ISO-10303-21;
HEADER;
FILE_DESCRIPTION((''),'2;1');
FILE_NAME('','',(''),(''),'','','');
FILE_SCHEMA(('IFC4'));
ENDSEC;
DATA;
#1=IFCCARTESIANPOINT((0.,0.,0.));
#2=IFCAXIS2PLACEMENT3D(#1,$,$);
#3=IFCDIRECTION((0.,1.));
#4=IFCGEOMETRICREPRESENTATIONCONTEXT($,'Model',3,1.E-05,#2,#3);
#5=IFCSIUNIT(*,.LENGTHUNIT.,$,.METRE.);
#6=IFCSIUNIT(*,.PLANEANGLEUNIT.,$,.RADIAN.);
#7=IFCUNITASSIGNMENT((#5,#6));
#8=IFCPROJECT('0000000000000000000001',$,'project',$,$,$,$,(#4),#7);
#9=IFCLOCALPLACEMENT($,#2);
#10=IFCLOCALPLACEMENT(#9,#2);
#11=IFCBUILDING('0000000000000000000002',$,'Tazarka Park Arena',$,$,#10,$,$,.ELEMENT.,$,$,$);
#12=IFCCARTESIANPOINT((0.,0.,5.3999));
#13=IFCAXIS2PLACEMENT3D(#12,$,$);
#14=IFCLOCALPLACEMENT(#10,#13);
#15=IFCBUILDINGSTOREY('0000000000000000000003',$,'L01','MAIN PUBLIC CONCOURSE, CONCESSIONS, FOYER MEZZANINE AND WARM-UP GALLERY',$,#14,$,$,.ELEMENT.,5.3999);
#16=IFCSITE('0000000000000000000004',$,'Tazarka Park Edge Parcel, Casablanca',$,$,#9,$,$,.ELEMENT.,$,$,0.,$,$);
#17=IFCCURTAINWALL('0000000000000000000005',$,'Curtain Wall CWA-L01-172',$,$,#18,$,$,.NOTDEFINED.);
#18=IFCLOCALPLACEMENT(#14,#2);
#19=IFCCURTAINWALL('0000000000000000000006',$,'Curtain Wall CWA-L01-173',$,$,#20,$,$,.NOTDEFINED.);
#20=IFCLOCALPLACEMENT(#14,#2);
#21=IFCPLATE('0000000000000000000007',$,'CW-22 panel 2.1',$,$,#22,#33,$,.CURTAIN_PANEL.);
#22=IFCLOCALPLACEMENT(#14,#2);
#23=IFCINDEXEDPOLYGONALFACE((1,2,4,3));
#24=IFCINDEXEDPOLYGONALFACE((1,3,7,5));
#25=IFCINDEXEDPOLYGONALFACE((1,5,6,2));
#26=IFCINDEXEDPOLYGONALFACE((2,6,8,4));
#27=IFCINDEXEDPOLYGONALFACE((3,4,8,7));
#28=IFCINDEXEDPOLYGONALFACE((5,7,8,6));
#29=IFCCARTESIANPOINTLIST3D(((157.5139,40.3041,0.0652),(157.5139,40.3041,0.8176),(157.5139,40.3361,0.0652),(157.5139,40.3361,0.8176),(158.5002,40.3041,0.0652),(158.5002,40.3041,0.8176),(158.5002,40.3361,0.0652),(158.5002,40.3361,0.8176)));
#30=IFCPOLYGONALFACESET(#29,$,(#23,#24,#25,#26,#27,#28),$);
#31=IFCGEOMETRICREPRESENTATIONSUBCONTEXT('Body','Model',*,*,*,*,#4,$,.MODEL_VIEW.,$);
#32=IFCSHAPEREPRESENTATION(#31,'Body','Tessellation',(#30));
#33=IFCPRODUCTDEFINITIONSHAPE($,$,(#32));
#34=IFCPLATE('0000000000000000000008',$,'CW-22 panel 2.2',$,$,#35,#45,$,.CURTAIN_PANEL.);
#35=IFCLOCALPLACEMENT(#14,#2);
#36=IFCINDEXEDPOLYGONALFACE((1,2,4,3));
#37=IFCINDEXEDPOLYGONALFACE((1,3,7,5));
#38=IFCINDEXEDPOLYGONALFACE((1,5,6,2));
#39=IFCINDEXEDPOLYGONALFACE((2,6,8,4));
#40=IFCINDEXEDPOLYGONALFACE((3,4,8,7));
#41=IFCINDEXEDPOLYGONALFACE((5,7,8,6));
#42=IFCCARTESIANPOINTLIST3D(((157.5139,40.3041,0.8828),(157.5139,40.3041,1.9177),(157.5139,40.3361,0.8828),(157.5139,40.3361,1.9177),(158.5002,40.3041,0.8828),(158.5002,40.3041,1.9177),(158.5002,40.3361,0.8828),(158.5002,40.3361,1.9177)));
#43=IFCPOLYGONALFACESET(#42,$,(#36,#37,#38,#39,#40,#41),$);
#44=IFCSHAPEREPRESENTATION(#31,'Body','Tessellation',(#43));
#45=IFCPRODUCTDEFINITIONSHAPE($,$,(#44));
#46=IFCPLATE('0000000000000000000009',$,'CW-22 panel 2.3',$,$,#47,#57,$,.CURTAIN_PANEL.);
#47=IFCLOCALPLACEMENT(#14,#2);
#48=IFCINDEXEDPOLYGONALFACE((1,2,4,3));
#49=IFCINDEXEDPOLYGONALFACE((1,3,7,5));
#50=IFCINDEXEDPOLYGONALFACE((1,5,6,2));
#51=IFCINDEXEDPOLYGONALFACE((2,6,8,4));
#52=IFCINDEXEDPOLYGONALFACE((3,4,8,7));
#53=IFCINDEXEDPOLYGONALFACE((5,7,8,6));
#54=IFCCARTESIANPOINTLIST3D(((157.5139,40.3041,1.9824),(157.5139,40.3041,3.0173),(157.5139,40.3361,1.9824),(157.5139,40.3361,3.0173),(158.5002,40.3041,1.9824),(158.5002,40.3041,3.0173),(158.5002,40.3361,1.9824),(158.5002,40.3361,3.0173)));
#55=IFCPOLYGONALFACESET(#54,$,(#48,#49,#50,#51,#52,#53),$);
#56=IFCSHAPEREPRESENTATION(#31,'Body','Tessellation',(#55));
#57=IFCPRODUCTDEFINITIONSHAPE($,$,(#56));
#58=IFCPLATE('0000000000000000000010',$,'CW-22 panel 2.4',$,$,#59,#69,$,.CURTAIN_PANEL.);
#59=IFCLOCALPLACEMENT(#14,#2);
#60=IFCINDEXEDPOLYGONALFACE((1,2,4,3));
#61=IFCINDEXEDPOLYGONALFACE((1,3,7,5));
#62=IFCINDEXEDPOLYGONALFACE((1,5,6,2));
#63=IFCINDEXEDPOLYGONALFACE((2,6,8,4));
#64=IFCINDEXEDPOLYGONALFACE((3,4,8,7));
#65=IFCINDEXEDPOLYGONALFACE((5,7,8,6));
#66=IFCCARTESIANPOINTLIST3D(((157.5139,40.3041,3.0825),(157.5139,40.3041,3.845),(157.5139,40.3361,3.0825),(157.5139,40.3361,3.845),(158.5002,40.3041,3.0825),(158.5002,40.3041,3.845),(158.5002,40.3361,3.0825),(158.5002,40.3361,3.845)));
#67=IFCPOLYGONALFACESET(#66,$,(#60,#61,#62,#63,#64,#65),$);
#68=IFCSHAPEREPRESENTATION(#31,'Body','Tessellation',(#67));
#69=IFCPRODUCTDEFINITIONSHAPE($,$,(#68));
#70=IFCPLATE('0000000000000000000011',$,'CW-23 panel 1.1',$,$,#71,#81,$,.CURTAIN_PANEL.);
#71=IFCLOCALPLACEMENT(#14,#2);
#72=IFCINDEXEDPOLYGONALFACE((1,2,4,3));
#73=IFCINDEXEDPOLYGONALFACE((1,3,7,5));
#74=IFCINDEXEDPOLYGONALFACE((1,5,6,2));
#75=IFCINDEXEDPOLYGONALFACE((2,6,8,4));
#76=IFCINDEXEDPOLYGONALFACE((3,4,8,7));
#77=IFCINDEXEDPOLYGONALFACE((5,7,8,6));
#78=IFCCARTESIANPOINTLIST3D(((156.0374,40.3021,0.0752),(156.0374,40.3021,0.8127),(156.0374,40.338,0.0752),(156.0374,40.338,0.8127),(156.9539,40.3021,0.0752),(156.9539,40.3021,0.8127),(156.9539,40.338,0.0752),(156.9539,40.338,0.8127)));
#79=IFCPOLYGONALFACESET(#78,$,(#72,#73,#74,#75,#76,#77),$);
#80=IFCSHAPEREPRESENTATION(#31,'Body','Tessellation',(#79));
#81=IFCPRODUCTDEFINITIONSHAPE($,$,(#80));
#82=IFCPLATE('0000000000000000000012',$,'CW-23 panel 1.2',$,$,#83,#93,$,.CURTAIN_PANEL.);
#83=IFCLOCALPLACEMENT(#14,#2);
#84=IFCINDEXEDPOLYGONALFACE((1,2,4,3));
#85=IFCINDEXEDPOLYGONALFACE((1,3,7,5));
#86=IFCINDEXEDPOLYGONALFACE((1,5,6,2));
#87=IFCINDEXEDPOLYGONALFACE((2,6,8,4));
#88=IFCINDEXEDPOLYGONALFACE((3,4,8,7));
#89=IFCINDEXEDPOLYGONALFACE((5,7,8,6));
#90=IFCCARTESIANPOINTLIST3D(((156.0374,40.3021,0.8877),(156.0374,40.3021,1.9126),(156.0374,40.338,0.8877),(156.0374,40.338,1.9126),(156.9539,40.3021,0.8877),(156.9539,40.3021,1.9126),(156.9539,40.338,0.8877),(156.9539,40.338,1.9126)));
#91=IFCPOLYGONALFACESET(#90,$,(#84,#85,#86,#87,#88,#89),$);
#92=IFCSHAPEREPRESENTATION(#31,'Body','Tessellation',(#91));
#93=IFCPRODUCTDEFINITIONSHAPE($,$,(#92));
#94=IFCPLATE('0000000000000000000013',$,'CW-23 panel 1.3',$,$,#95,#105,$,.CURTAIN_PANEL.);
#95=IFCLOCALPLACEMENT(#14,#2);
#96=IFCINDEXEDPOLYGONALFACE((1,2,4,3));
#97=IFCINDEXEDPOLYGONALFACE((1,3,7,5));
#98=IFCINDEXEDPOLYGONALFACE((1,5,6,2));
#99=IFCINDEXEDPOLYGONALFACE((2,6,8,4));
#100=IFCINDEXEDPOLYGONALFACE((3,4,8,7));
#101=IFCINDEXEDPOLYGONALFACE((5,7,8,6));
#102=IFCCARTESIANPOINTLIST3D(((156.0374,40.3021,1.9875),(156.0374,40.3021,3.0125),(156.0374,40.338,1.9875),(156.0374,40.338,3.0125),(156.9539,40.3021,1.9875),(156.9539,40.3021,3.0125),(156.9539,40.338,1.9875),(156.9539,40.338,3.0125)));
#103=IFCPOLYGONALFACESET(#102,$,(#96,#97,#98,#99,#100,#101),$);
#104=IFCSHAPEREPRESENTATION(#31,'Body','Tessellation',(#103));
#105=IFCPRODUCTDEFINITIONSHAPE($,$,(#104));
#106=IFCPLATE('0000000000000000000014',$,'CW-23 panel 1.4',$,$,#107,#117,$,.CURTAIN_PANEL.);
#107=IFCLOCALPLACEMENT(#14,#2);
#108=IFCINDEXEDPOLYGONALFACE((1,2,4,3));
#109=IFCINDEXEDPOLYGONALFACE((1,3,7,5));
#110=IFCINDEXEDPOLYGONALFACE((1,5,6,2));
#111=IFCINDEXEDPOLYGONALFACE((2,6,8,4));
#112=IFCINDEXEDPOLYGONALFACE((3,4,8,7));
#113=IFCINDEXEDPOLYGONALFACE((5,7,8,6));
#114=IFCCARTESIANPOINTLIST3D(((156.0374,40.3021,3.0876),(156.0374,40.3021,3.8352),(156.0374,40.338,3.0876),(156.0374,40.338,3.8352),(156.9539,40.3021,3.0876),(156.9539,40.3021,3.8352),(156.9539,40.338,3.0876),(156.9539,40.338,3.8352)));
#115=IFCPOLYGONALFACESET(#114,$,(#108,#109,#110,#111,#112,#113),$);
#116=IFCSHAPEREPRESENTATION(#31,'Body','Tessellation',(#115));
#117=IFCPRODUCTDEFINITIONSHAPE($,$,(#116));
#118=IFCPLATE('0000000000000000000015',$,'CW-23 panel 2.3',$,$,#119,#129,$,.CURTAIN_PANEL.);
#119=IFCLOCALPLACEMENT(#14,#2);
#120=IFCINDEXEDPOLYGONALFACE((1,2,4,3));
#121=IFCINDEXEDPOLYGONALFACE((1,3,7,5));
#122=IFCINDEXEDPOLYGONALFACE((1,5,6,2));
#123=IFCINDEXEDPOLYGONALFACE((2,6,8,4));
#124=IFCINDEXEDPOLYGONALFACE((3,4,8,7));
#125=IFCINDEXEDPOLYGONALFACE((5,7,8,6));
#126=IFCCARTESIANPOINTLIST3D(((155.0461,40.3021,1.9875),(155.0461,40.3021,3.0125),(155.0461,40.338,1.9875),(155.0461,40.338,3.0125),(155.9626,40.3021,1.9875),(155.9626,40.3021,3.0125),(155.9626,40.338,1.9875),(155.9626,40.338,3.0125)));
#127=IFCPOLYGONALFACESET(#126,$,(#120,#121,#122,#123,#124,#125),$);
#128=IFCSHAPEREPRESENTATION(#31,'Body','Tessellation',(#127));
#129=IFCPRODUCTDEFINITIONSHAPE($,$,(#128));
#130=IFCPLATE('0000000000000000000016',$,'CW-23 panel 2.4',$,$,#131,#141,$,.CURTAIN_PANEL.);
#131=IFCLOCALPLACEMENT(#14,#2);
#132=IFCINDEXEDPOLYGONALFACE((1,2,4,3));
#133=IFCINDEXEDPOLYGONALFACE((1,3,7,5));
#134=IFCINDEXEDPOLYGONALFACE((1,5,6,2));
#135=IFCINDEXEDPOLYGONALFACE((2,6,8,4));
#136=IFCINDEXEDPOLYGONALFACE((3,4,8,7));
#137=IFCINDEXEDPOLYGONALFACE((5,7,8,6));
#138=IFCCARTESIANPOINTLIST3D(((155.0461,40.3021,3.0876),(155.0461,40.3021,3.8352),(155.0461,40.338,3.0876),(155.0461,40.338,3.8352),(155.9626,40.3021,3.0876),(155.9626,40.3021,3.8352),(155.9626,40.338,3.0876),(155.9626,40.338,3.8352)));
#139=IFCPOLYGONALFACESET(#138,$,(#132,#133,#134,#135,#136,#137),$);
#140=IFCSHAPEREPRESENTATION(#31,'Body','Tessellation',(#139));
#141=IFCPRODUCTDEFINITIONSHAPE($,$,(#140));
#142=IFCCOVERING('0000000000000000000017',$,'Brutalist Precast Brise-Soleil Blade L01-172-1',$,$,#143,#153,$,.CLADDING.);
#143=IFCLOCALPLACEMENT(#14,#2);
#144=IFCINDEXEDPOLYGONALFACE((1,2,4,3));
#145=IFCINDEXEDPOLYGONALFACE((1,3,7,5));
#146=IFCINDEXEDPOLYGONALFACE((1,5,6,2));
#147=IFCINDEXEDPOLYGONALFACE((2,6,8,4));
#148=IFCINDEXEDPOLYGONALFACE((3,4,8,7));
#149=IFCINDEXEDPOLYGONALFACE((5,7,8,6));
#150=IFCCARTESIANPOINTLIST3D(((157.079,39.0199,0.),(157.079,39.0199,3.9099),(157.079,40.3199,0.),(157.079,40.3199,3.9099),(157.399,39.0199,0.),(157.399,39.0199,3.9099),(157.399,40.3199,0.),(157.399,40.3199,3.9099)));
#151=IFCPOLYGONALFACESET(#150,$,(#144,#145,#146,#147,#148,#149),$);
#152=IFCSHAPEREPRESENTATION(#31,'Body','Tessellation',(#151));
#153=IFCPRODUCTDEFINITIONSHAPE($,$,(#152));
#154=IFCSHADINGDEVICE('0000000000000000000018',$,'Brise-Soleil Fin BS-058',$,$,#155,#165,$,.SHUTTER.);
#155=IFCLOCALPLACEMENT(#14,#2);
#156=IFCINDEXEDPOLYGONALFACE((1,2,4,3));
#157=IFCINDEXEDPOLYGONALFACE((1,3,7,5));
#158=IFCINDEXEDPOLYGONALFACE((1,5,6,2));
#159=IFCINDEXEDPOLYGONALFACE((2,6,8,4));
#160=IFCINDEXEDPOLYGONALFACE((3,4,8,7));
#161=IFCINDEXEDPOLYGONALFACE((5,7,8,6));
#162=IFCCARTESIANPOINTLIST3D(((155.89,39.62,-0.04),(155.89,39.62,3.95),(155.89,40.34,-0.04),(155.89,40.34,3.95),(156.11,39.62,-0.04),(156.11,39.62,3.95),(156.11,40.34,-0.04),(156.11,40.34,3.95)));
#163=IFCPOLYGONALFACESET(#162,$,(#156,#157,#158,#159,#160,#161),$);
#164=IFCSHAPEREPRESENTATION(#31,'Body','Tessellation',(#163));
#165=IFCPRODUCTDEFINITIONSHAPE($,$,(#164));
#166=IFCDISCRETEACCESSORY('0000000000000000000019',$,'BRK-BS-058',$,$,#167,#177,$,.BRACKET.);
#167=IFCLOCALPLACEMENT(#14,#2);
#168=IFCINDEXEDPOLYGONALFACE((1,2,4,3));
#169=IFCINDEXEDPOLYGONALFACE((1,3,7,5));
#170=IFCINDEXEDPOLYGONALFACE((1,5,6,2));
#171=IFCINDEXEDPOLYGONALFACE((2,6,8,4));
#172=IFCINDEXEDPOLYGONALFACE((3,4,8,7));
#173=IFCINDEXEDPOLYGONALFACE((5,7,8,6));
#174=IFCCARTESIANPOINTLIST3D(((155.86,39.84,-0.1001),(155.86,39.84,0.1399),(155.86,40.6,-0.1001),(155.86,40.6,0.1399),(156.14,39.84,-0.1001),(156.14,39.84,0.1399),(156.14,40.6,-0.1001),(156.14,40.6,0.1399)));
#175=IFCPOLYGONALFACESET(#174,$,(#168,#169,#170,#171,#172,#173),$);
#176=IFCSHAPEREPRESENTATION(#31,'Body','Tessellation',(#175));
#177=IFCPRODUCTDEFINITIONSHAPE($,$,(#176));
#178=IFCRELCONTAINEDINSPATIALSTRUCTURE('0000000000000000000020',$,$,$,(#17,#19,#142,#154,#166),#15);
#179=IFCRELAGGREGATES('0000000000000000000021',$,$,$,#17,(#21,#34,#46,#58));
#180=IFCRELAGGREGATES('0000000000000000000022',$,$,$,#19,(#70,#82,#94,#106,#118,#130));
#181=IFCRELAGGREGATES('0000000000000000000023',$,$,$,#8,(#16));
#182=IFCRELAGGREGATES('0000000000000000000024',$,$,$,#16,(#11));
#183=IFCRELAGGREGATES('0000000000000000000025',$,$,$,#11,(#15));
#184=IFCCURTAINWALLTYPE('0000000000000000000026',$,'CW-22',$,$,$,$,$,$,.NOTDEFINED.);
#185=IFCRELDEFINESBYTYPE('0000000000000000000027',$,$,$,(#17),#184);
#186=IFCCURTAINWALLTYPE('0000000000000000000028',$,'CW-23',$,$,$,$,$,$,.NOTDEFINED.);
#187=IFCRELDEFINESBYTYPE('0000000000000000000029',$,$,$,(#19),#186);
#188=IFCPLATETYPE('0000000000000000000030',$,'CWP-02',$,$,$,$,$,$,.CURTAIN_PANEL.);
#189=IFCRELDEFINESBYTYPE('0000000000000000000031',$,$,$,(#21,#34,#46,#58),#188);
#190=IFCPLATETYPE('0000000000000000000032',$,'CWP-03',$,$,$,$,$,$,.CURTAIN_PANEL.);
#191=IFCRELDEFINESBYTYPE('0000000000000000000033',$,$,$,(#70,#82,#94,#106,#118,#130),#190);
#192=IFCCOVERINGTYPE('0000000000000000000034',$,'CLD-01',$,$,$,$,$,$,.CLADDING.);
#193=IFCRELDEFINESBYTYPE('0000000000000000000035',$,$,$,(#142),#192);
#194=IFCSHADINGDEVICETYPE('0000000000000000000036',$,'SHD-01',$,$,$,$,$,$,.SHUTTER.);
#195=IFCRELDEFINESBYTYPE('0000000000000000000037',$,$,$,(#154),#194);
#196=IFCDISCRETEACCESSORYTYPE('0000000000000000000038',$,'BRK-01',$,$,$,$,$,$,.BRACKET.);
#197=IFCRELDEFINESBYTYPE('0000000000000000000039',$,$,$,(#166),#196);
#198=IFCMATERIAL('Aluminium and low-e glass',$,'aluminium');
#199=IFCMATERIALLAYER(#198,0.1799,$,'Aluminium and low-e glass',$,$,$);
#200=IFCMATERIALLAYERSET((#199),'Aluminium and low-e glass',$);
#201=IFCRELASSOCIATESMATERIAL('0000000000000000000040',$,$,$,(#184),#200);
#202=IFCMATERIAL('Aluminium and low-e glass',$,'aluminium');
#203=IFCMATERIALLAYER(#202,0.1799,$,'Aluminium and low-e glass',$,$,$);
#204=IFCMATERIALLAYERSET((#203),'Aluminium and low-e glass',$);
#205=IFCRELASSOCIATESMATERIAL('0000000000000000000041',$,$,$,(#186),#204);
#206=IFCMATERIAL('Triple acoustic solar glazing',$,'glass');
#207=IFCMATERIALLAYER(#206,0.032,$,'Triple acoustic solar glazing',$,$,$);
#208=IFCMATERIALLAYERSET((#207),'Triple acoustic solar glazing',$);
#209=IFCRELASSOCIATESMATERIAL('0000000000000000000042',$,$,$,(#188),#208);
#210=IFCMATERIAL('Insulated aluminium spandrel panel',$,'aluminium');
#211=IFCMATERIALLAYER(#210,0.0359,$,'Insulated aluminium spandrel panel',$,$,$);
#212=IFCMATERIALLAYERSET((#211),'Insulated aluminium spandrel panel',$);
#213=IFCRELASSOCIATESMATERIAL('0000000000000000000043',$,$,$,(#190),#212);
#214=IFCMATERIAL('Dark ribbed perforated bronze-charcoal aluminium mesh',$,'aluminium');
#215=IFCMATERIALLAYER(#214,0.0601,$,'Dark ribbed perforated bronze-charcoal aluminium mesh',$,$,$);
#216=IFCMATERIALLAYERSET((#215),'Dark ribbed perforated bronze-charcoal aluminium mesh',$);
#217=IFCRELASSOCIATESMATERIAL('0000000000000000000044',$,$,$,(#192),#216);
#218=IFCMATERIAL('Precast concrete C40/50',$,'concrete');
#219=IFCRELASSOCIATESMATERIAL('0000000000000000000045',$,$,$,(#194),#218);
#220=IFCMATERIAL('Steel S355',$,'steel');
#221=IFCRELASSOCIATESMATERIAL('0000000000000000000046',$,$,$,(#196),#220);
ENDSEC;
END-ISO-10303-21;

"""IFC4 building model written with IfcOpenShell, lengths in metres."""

from ifc_helpers import new_model, si_unit, direction, frame, origin, origin_2d, place, context, subcontext, project, spatial, rectangle, extrude, material, layer, layer_set, type_object, element, aggregate, save


model = new_model("IFC4")

# Units and contexts
model_context = context("Model", 3, precision=1e-05, world=origin(), true_north=direction((0.0, 1.0)))
body_context = subcontext(model_context, "Body", "Model", "MODEL_VIEW")
ifc_project = project(units=[si_unit("LENGTHUNIT", "METRE"), si_unit("PLANEANGLEUNIT", "RADIAN")], contexts=[model_context])

# Site, building, storey
site_placement = place(None, origin())
site = spatial("IfcSite", under=ifc_project, at=site_placement, Name="Tazarka Park Edge Parcel, Casablanca", CompositionType="ELEMENT", RefElevation=0.0)
building_placement = place(site_placement, origin())
building = spatial("IfcBuilding", under=site, at=building_placement, Name="Tazarka Park Arena", CompositionType="ELEMENT")
storey_placement = place(building_placement, frame((0.0, 0.0, 5.3999)))
storey = spatial("IfcBuildingStorey", under=building, at=storey_placement, Name="L01", Description="MAIN PUBLIC CONCOURSE, CONCESSIONS, FOYER MEZZANINE AND WARM-UP GALLERY", CompositionType="ELEMENT", Elevation=5.3999)

# Curtain wall
ifc_material_1 = material(Name="Aluminium and low-e glass", Category="aluminium")
ifc_layer_1 = layer(ifc_material_1, 0.1799, Name="Aluminium and low-e glass")
ifc_layer_set_1 = layer_set([ifc_layer_1], Name="Aluminium and low-e glass")
curtain_wall_type_1 = type_object("IfcCurtainWallType", Name="CW-22", PredefinedType="NOTDEFINED", material=ifc_layer_set_1)
curtain_wall_1_placement = place(storey_placement, origin())
curtain_wall_1 = element("IfcCurtainWall", 1, at=curtain_wall_1_placement, inside=storey, type_object=curtain_wall_type_1, Name="Curtain Wall CWA-L01-172", PredefinedType="NOTDEFINED")

# Curtain wall
ifc_material_2 = material(Name="Aluminium and low-e glass", Category="aluminium")
ifc_layer_2 = layer(ifc_material_2, 0.1799, Name="Aluminium and low-e glass")
ifc_layer_set_2 = layer_set([ifc_layer_2], Name="Aluminium and low-e glass")
curtain_wall_type_2 = type_object("IfcCurtainWallType", Name="CW-23", PredefinedType="NOTDEFINED", material=ifc_layer_set_2)
curtain_wall_2_placement = place(storey_placement, origin())
curtain_wall_2 = element("IfcCurtainWall", 2, at=curtain_wall_2_placement, inside=storey, type_object=curtain_wall_type_2, Name="Curtain Wall CWA-L01-173", PredefinedType="NOTDEFINED")

# Plates
ifc_material_3 = material(Name="Triple acoustic solar glazing", Category="glass")
ifc_layer_3 = layer(ifc_material_3, 0.032, Name="Triple acoustic solar glazing")
ifc_layer_set_3 = layer_set([ifc_layer_3], Name="Triple acoustic solar glazing")
plate_type_1 = type_object("IfcPlateType", Name="CWP-02", PredefinedType="CURTAIN_PANEL", material=ifc_layer_set_3)
plate_1_placement = place(storey_placement, frame((158.0071, 40.3201, 0.0652), z_axis=(0.0, 0.0, 1.0), x_axis=(-1.0, 0.0, 0.0)))
plate_1 = element("IfcPlate", 3, at=plate_1_placement, type_object=plate_type_1, Name="CW-22 panel 2.1", PredefinedType="CURTAIN_PANEL", context=body_context, shape_type="SweptSolid", body=[
    extrude(rectangle(XDim=0.9863, YDim=0.032, at=origin_2d()), origin(), (0.0, 0.0, 1.0), 0.7524),
])
plate_2_placement = place(storey_placement, frame((158.0071, 40.3201, 0.8828), z_axis=(0.0, 0.0, 1.0), x_axis=(-1.0, 0.0, 0.0)))
plate_2 = element("IfcPlate", 4, at=plate_2_placement, type_object=plate_type_1, Name="CW-22 panel 2.2", PredefinedType="CURTAIN_PANEL", context=body_context, shape_type="SweptSolid", body=[
    extrude(rectangle(XDim=0.9863, YDim=0.032, at=origin_2d()), origin(), (0.0, 0.0, 1.0), 1.0349),
])
plate_3_placement = place(storey_placement, frame((158.0071, 40.3201, 1.9824), z_axis=(0.0, 0.0, 1.0), x_axis=(-1.0, 0.0, 0.0)))
plate_3 = element("IfcPlate", 5, at=plate_3_placement, type_object=plate_type_1, Name="CW-22 panel 2.3", PredefinedType="CURTAIN_PANEL", context=body_context, shape_type="SweptSolid", body=[
    extrude(rectangle(XDim=0.9863, YDim=0.032, at=origin_2d()), origin(), (0.0, 0.0, 1.0), 1.0349),
])
plate_4_placement = place(storey_placement, frame((158.0071, 40.3201, 3.0825), z_axis=(0.0, 0.0, 1.0), x_axis=(-1.0, 0.0, 0.0)))
plate_4 = element("IfcPlate", 6, at=plate_4_placement, type_object=plate_type_1, Name="CW-22 panel 2.4", PredefinedType="CURTAIN_PANEL", context=body_context, shape_type="SweptSolid", body=[
    extrude(rectangle(XDim=0.9863, YDim=0.032, at=origin_2d()), origin(), (0.0, 0.0, 1.0), 0.7625),
])
aggregate(curtain_wall_1, [plate_1, plate_2, plate_3, plate_4])
ifc_material_4 = material(Name="Insulated aluminium spandrel panel", Category="aluminium")
ifc_layer_4 = layer(ifc_material_4, 0.0359, Name="Insulated aluminium spandrel panel")
ifc_layer_set_4 = layer_set([ifc_layer_4], Name="Insulated aluminium spandrel panel")
plate_type_2 = type_object("IfcPlateType", Name="CWP-03", PredefinedType="CURTAIN_PANEL", material=ifc_layer_set_4)
plate_5_placement = place(storey_placement, frame((156.4956, 40.3201, 0.0752), z_axis=(0.0, 0.0, 1.0), x_axis=(-1.0, 0.0, 0.0)))
plate_5 = element("IfcPlate", 7, at=plate_5_placement, type_object=plate_type_2, Name="CW-23 panel 1.1", PredefinedType="CURTAIN_PANEL", context=body_context, shape_type="SweptSolid", body=[
    extrude(rectangle(XDim=0.9165, YDim=0.0359, at=origin_2d()), origin(), (0.0, 0.0, 1.0), 0.7375),
])
plate_6_placement = place(storey_placement, frame((156.4956, 40.3201, 0.8877), z_axis=(0.0, 0.0, 1.0), x_axis=(-1.0, 0.0, 0.0)))
plate_6 = element("IfcPlate", 8, at=plate_6_placement, type_object=plate_type_2, Name="CW-23 panel 1.2", PredefinedType="CURTAIN_PANEL", context=body_context, shape_type="SweptSolid", body=[
    extrude(rectangle(XDim=0.9165, YDim=0.0359, at=origin_2d()), origin(), (0.0, 0.0, 1.0), 1.0249),
])
plate_7_placement = place(storey_placement, frame((156.4956, 40.3201, 1.9875), z_axis=(0.0, 0.0, 1.0), x_axis=(-1.0, 0.0, 0.0)))
plate_7 = element("IfcPlate", 9, at=plate_7_placement, type_object=plate_type_2, Name="CW-23 panel 1.3", PredefinedType="CURTAIN_PANEL", context=body_context, shape_type="SweptSolid", body=[
    extrude(rectangle(XDim=0.9165, YDim=0.0359, at=origin_2d()), origin(), (0.0, 0.0, 1.0), 1.0249),
])
plate_8_placement = place(storey_placement, frame((156.4956, 40.3201, 3.0876), z_axis=(0.0, 0.0, 1.0), x_axis=(-1.0, 0.0, 0.0)))
plate_8 = element("IfcPlate", 10, at=plate_8_placement, type_object=plate_type_2, Name="CW-23 panel 1.4", PredefinedType="CURTAIN_PANEL", context=body_context, shape_type="SweptSolid", body=[
    extrude(rectangle(XDim=0.9165, YDim=0.0359, at=origin_2d()), origin(), (0.0, 0.0, 1.0), 0.7476),
])
plate_9_placement = place(storey_placement, frame((155.5044, 40.3201, 1.9875), z_axis=(0.0, 0.0, 1.0), x_axis=(-1.0, 0.0, 0.0)))
plate_9 = element("IfcPlate", 11, at=plate_9_placement, type_object=plate_type_2, Name="CW-23 panel 2.3", PredefinedType="CURTAIN_PANEL", context=body_context, shape_type="SweptSolid", body=[
    extrude(rectangle(XDim=0.9165, YDim=0.0359, at=origin_2d()), origin(), (0.0, 0.0, 1.0), 1.0249),
])
plate_10_placement = place(storey_placement, frame((155.5044, 40.3201, 3.0876), z_axis=(0.0, 0.0, 1.0), x_axis=(-1.0, 0.0, 0.0)))
plate_10 = element("IfcPlate", 12, at=plate_10_placement, type_object=plate_type_2, Name="CW-23 panel 2.4", PredefinedType="CURTAIN_PANEL", context=body_context, shape_type="SweptSolid", body=[
    extrude(rectangle(XDim=0.9165, YDim=0.0359, at=origin_2d()), origin(), (0.0, 0.0, 1.0), 0.7476),
])
aggregate(curtain_wall_2, [plate_5, plate_6, plate_7, plate_8, plate_9, plate_10])

# Covering
ifc_material_5 = material(Name="Dark ribbed perforated bronze-charcoal aluminium mesh", Category="aluminium")
ifc_layer_5 = layer(ifc_material_5, 0.0601, Name="Dark ribbed perforated bronze-charcoal aluminium mesh")
ifc_layer_set_5 = layer_set([ifc_layer_5], Name="Dark ribbed perforated bronze-charcoal aluminium mesh")
covering_type = type_object("IfcCoveringType", Name="CLD-01", PredefinedType="CLADDING", material=ifc_layer_set_5)
covering_placement = place(storey_placement, frame((157.239, 39.6699, 0.0), z_axis=(0.0, 0.0, 1.0), x_axis=(-1.0, 0.0, 0.0)))
element("IfcCovering", 13, at=covering_placement, inside=storey, type_object=covering_type, Name="Brutalist Precast Brise-Soleil Blade L01-172-1", PredefinedType="CLADDING", context=body_context, shape_type="SweptSolid", body=[
    extrude(rectangle(XDim=0.3201, YDim=1.3, at=origin_2d()), origin(), (0.0, 0.0, 1.0), 3.9099),
])

# Shading device
ifc_material_6 = material(Name="Precast concrete C40/50", Category="concrete")
shading_device_type = type_object("IfcShadingDeviceType", Name="SHD-01", PredefinedType="SHUTTER", material=ifc_material_6)
shading_device_placement = place(storey_placement, frame((156.0, 39.98, -0.04), z_axis=(0.0, 0.0, 1.0), x_axis=(-1.0, 0.0, 0.0)))
element("IfcShadingDevice", 14, at=shading_device_placement, inside=storey, type_object=shading_device_type, Name="Brise-Soleil Fin BS-058", PredefinedType="SHUTTER", context=body_context, shape_type="SweptSolid", body=[
    extrude(rectangle(XDim=0.22, YDim=0.72, at=origin_2d()), origin(), (0.0, 0.0, 1.0), 3.99),
])

# Discrete accessory
ifc_material_7 = material(Name="Steel S355", Category="steel")
discrete_accessory_type = type_object("IfcDiscreteAccessoryType", Name="BRK-01", PredefinedType="BRACKET", material=ifc_material_7)
discrete_accessory_placement = place(storey_placement, frame((156.0, 40.22, -0.1001), z_axis=(0.0, 0.0, 1.0), x_axis=(-1.0, 0.0, 0.0)))
element("IfcDiscreteAccessory", 15, at=discrete_accessory_placement, inside=storey, type_object=discrete_accessory_type, Name="BRK-BS-058", PredefinedType="BRACKET", context=body_context, shape_type="SweptSolid", body=[
    extrude(rectangle(XDim=0.28, YDim=0.76, at=origin_2d()), origin(), (0.0, 0.0, 1.0), 0.24),
])

save(model, "model.ifc")
